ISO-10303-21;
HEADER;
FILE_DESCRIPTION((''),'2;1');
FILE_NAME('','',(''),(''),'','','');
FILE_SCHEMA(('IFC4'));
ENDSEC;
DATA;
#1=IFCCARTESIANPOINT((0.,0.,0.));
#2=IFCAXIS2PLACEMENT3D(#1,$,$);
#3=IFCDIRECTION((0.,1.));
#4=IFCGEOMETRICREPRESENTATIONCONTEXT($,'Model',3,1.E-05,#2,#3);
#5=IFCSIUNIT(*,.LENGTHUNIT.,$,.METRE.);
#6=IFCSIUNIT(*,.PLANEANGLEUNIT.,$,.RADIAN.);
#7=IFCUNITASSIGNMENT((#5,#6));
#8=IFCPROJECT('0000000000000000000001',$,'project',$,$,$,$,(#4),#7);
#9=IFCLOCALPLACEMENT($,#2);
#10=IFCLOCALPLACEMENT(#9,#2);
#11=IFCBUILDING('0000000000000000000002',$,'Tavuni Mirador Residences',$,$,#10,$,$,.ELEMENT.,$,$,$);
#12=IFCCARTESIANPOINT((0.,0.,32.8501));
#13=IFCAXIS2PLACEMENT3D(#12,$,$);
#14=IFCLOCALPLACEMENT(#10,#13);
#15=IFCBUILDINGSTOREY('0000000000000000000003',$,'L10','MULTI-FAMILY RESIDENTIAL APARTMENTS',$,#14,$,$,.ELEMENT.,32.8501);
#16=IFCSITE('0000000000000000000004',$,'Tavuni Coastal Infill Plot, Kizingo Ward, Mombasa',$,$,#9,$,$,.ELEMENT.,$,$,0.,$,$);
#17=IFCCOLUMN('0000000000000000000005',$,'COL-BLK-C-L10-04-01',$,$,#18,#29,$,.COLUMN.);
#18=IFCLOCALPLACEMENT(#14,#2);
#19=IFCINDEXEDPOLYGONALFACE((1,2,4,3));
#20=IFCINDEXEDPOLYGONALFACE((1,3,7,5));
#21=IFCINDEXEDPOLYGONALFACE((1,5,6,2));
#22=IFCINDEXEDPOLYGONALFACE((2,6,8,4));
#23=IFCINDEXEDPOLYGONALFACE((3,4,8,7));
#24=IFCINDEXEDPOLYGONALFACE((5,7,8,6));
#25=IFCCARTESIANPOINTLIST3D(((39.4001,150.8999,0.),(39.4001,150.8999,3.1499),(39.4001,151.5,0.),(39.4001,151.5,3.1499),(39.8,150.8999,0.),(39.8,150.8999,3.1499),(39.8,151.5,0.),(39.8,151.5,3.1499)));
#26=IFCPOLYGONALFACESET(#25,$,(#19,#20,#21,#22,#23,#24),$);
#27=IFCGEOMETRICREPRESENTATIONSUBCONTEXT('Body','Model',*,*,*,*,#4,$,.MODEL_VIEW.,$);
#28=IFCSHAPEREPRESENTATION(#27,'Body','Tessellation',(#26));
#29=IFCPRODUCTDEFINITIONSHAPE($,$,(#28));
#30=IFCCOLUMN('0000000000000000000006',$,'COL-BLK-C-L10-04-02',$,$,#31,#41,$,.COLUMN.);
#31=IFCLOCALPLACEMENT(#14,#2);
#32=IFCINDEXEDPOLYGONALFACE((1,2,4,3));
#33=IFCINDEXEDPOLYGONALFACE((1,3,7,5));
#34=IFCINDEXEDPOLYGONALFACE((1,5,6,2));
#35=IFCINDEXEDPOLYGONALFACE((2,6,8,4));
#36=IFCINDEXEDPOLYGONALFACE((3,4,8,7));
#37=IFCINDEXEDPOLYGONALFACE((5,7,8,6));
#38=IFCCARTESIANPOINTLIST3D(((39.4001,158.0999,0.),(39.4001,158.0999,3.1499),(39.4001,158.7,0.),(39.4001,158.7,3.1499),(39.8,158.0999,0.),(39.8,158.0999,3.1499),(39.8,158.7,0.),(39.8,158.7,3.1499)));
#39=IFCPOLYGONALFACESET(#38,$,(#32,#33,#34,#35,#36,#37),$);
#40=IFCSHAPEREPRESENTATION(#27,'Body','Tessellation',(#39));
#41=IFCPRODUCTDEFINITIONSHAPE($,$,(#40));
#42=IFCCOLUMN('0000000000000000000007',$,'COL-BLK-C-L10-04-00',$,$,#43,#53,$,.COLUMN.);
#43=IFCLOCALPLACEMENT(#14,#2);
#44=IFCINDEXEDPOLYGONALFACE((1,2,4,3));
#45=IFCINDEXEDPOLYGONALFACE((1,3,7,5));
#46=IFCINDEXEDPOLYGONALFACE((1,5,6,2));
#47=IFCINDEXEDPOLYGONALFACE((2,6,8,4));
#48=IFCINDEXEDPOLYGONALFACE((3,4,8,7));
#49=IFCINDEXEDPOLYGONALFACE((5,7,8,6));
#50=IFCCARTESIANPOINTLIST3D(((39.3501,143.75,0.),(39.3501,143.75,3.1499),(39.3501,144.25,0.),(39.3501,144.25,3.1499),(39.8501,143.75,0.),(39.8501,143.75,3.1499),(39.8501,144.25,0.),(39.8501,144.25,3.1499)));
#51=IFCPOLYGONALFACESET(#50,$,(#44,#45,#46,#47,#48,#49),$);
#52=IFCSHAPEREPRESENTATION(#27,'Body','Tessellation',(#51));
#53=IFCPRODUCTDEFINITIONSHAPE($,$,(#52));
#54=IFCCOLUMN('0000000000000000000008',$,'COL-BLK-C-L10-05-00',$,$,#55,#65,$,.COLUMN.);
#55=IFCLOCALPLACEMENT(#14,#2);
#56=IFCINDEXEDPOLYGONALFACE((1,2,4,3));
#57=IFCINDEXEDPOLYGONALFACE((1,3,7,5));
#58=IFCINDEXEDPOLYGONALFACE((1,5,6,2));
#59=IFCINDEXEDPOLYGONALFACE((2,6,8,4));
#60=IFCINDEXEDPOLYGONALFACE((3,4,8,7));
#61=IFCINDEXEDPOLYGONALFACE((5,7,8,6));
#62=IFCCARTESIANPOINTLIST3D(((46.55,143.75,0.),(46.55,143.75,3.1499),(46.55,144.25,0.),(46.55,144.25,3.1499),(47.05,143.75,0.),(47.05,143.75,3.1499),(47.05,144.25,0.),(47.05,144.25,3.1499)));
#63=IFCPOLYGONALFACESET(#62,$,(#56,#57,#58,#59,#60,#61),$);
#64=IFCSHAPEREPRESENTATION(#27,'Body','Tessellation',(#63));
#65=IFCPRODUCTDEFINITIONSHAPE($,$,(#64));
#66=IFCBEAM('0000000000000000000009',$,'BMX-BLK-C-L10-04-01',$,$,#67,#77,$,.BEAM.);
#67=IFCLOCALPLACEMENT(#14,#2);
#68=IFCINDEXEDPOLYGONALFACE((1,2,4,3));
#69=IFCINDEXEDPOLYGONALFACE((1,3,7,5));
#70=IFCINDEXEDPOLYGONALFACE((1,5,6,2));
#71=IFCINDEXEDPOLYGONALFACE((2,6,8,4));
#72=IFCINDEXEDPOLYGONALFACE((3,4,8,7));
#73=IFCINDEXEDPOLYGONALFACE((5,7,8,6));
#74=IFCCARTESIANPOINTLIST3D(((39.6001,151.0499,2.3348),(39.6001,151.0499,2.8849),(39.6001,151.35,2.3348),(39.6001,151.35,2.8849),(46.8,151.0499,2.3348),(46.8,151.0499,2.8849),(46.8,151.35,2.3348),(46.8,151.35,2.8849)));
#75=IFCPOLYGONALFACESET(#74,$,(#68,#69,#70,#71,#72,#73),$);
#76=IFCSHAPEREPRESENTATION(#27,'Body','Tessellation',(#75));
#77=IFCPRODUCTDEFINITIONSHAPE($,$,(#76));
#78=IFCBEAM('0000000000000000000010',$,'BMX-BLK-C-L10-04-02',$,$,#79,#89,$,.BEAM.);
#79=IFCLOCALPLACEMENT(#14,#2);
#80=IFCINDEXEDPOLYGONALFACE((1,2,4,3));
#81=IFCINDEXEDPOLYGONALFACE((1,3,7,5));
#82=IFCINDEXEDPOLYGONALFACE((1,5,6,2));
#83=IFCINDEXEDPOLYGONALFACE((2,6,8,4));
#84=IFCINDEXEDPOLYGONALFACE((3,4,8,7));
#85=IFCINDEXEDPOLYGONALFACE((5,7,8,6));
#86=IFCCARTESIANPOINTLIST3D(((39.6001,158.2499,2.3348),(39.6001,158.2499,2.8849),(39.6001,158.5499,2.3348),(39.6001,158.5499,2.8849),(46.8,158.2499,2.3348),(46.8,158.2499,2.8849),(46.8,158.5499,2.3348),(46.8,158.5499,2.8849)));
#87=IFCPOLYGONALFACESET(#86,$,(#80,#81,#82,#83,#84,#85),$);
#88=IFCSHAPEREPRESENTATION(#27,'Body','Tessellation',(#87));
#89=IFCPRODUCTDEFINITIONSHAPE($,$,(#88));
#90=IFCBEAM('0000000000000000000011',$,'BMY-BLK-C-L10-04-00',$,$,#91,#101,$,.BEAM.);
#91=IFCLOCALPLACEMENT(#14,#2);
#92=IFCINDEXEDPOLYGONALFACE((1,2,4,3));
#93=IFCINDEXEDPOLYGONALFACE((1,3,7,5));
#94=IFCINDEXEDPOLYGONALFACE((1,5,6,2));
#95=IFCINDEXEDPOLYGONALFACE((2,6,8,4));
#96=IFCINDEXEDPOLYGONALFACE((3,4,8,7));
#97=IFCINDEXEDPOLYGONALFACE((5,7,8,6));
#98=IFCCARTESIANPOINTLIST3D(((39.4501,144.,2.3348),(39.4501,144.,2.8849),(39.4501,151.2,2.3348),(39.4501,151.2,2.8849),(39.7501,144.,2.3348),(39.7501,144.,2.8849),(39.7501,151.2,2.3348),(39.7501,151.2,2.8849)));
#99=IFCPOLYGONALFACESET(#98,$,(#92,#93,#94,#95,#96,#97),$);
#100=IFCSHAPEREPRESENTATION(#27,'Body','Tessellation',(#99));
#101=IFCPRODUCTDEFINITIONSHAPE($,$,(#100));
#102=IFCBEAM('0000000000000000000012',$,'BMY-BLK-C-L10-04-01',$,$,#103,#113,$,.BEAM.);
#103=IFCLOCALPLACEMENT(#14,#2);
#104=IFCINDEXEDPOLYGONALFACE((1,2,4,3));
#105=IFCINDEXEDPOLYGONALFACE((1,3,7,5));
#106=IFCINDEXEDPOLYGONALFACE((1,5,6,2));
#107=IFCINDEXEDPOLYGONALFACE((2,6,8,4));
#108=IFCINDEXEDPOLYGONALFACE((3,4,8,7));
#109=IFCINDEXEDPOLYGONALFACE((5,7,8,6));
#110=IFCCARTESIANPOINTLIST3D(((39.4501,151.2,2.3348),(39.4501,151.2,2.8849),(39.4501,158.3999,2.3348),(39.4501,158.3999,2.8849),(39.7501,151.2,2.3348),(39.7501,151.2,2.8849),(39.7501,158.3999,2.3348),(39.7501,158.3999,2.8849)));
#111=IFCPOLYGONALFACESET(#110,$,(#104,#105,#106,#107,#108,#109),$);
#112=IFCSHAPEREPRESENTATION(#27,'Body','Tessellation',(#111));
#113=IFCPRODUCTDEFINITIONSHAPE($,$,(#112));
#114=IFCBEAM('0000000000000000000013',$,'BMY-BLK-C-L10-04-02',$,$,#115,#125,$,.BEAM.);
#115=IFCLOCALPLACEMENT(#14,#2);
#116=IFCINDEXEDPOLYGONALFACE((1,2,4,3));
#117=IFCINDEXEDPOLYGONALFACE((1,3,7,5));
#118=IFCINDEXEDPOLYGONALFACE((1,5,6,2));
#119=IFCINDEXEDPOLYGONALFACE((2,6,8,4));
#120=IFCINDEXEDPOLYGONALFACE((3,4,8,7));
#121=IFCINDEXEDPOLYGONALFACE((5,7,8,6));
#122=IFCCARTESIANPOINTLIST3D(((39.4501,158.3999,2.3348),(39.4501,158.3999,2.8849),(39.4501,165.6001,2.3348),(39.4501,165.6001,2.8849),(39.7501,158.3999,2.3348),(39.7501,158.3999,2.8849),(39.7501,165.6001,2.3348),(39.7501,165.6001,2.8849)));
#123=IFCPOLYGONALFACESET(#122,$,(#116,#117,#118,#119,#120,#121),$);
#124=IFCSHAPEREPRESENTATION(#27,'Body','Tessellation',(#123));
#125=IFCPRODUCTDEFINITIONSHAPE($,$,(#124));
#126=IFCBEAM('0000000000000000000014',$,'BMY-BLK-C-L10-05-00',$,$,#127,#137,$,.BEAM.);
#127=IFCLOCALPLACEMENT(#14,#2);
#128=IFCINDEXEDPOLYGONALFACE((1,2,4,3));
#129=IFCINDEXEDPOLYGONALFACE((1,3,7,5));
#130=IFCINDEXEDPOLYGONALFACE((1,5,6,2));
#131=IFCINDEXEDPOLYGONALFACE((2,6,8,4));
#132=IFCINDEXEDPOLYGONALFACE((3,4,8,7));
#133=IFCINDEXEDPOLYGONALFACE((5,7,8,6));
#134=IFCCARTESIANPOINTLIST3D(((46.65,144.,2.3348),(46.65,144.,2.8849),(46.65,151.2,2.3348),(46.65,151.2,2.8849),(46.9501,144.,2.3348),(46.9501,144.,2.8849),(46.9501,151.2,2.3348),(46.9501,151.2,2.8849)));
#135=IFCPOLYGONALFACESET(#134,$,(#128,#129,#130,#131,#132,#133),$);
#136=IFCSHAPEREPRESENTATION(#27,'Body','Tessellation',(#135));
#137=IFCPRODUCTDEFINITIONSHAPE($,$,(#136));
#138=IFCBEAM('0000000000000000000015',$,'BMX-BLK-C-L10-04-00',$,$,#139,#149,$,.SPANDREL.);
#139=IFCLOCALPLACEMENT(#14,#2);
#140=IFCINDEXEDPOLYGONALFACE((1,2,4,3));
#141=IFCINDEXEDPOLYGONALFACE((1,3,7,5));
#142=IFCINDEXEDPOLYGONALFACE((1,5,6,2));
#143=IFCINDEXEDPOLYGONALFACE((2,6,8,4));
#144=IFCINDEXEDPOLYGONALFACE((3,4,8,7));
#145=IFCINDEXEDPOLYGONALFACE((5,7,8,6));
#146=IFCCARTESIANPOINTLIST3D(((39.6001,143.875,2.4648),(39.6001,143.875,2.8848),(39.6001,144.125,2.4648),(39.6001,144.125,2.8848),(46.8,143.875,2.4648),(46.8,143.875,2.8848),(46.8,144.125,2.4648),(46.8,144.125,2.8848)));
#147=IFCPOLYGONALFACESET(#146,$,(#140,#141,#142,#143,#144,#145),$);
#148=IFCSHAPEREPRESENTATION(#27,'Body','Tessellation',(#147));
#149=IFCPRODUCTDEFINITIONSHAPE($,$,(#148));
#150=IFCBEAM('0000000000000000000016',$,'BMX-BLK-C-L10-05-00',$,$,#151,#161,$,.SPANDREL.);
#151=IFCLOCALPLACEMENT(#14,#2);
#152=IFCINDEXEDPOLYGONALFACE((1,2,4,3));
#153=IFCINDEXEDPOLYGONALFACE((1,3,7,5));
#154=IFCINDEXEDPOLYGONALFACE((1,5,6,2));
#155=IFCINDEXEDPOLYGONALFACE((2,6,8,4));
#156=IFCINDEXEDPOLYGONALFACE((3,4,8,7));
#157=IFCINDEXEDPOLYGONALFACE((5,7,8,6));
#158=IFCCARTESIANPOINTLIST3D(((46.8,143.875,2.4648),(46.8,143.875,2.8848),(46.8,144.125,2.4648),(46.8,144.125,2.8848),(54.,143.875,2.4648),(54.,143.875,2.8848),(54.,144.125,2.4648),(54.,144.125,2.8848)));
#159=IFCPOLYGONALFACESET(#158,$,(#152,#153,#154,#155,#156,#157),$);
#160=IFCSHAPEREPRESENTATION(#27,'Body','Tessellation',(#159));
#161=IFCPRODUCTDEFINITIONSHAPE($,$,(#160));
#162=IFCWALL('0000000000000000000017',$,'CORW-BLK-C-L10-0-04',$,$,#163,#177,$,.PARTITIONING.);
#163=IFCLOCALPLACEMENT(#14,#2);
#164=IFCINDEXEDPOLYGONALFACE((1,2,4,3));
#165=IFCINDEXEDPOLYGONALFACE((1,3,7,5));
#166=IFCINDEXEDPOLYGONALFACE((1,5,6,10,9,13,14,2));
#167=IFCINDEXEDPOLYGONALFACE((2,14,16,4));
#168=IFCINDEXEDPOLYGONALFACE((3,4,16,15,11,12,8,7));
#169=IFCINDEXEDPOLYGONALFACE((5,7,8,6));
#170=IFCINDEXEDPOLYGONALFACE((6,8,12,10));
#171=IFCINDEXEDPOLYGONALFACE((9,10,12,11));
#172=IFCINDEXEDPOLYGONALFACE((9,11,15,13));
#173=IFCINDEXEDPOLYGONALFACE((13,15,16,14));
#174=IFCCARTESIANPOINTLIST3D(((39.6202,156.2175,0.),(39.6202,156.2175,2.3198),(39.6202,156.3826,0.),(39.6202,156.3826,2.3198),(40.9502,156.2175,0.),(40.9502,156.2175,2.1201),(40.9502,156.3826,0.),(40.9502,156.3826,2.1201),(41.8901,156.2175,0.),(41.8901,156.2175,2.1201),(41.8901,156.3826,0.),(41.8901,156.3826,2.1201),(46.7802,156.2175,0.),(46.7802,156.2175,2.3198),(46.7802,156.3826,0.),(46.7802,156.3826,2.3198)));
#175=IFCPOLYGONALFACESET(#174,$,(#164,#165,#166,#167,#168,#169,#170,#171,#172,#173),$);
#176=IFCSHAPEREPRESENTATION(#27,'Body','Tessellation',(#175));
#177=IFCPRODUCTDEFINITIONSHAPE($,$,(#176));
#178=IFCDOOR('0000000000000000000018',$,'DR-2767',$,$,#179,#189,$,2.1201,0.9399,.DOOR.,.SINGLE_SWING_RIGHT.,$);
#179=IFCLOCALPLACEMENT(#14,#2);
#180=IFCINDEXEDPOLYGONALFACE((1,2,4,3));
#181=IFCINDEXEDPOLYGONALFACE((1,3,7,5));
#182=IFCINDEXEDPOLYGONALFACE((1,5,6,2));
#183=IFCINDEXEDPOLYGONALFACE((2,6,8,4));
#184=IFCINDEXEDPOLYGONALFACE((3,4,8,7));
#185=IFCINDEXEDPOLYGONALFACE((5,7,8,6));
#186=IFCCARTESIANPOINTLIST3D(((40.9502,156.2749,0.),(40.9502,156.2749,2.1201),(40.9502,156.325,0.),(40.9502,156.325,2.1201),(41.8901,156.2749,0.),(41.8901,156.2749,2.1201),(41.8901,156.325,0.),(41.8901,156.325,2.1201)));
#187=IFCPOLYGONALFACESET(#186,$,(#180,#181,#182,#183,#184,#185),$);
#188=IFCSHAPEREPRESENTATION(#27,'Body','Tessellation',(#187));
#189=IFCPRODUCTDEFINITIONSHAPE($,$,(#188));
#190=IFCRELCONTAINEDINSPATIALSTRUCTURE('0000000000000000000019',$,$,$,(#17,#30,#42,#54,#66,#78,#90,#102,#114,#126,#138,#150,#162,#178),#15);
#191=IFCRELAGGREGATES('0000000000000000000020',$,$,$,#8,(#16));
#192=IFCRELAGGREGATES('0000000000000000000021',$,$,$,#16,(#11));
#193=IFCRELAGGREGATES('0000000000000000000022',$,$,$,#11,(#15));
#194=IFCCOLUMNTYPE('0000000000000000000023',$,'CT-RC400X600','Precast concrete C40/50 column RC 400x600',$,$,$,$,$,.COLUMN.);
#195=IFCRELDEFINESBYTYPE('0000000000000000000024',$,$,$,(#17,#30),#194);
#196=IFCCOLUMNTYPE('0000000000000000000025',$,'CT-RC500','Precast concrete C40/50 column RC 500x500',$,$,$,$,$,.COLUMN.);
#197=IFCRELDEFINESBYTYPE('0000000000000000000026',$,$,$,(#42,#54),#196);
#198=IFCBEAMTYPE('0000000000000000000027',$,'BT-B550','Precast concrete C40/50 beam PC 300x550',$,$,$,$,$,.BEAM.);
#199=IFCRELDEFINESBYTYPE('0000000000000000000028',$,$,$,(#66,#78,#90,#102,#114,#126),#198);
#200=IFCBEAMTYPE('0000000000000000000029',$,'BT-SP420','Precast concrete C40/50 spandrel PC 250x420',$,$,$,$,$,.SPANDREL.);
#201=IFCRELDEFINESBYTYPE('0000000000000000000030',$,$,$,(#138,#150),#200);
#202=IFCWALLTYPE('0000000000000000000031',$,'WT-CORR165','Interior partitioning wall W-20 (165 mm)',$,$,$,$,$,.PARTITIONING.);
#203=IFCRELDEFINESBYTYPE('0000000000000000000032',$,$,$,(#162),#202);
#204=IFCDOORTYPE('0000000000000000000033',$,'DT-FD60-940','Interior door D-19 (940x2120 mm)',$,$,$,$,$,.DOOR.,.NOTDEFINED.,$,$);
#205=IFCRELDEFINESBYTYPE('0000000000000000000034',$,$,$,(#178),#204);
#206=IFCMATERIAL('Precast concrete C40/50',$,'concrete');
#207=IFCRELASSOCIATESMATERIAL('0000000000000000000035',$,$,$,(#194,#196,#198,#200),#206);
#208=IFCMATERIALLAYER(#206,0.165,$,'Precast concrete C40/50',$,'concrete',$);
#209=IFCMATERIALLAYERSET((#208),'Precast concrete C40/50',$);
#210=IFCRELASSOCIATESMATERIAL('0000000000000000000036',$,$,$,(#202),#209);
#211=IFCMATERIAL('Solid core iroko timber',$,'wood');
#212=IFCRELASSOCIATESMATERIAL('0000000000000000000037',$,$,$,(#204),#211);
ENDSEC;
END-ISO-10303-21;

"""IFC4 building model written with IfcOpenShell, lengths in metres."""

from ifc_helpers import new_model, si_unit, direction, frame, frame_2d, origin, origin_2d, place, context, subcontext, project, spatial, rectangle, extrude, material, layer, layer_set, material_profile, profile_set, type_object, element, fill, save


model = new_model("IFC4")

# Units and contexts
model_context = context("Model", 3, precision=1e-05, world=origin(), true_north=direction((0.0, 1.0)))
body_context = subcontext(model_context, "Body", "Model", "MODEL_VIEW")
ifc_project = project(units=[si_unit("LENGTHUNIT", "METRE"), si_unit("PLANEANGLEUNIT", "RADIAN")], contexts=[model_context])

# Site, building, storey
site_placement = place(None, origin())
site = spatial("IfcSite", under=ifc_project, at=site_placement, Name="Tavuni Coastal Infill Plot, Kizingo Ward, Mombasa", CompositionType="ELEMENT", RefElevation=0.0)
building_placement = place(site_placement, origin())
building = spatial("IfcBuilding", under=site, at=building_placement, Name="Tavuni Mirador Residences", CompositionType="ELEMENT")
storey_placement = place(building_placement, frame((0.0, 0.0, 32.8501)))
storey = spatial("IfcBuildingStorey", under=building, at=storey_placement, Name="L10", Description="MULTI-FAMILY RESIDENTIAL APARTMENTS", CompositionType="ELEMENT", Elevation=32.8501)

# Columns
ifc_material_1 = material(Name="Precast concrete C40/50", Category="concrete")
ifc_material_profile_1 = material_profile(ifc_material_1, rectangle(XDim=0.3999, YDim=0.6001, at=origin_2d()), Name="RC 400x600", Category="concrete")
ifc_profile_set_1 = profile_set([ifc_material_profile_1], Name="Precast concrete C40/50")
column_type_1 = type_object("IfcColumnType", Name="CT-RC400X600", Description="Precast concrete C40/50 column RC 400x600", PredefinedType="COLUMN", material=ifc_profile_set_1)
for number, where, z_axis, x_axis, name in (
    (1, (39.6001, 151.2, 0.0), (0.0, 0.0, 1.0), (1.0, 0.0, 0.0), "COL-BLK-C-L10-04-01"),
    (2, (39.6001, 158.3999, 0.0), (0.0, 0.0, 1.0), (1.0, 0.0, 0.0), "COL-BLK-C-L10-04-02"),
):
    element("IfcColumn", number, at=place(storey_placement, frame(where, z_axis=z_axis, x_axis=x_axis)), inside=storey, type_object=column_type_1, Name=name, PredefinedType="COLUMN", context=body_context, shape_type="SweptSolid", body=[
        extrude(rectangle(XDim=0.3999, YDim=0.6001, at=origin_2d()), origin(), (0.0, 0.0, 1.0), 3.1499),
    ])
ifc_material_profile_2 = material_profile(ifc_material_1, rectangle(XDim=0.5, YDim=0.5, at=origin_2d()), Name="RC 500x500", Category="concrete")
ifc_profile_set_2 = profile_set([ifc_material_profile_2], Name="Precast concrete C40/50")
column_type_2 = type_object("IfcColumnType", Name="CT-RC500", Description="Precast concrete C40/50 column RC 500x500", PredefinedType="COLUMN", material=ifc_profile_set_2)
for number, where, z_axis, x_axis, name in (
    (3, (39.6001, 144.0, 0.0), (0.0, 0.0, 1.0), (1.0, 0.0, 0.0), "COL-BLK-C-L10-04-00"),
    (4, (46.8, 144.0, 0.0), (0.0, 0.0, 1.0), (1.0, 0.0, 0.0), "COL-BLK-C-L10-05-00"),
):
    element("IfcColumn", number, at=place(storey_placement, frame(where, z_axis=z_axis, x_axis=x_axis)), inside=storey, type_object=column_type_2, Name=name, PredefinedType="COLUMN", context=body_context, shape_type="SweptSolid", body=[
        extrude(rectangle(XDim=0.5, YDim=0.5, at=origin_2d()), origin(), (0.0, 0.0, 1.0), 3.1499),
    ])

# Beams
ifc_material_profile_3 = material_profile(ifc_material_1, rectangle(XDim=0.3, YDim=0.55, at=origin_2d()), Name="PC 300x550", Category="concrete")
ifc_profile_set_3 = profile_set([ifc_material_profile_3], Name="Precast concrete C40/50")
beam_type_1 = type_object("IfcBeamType", Name="BT-B550", Description="Precast concrete C40/50 beam PC 300x550", PredefinedType="BEAM", material=ifc_profile_set_3)
for number, where, z_axis, x_axis, name in (
    (5, (39.6001, 151.2, 2.6099), (1.0, 0.0, 0.0), (0.0, 1.0, 0.0), "BMX-BLK-C-L10-04-01"),
    (6, (39.6001, 158.3999, 2.6099), (1.0, 0.0, 0.0), (0.0, 1.0, 0.0), "BMX-BLK-C-L10-04-02"),
    (7, (39.6001, 144.0, 2.6099), (0.0, 1.0, 0.0), (-1.0, 0.0, 0.0), "BMY-BLK-C-L10-04-00"),
    (8, (39.6001, 151.2, 2.6099), (0.0, 1.0, 0.0), (-1.0, 0.0, 0.0), "BMY-BLK-C-L10-04-01"),
):
    element("IfcBeam", number, at=place(storey_placement, frame(where, z_axis=z_axis, x_axis=x_axis)), inside=storey, type_object=beam_type_1, Name=name, PredefinedType="BEAM", context=body_context, shape_type="SweptSolid", body=[
        extrude(rectangle(XDim=0.3, YDim=0.55, at=origin_2d()), origin(), (0.0, 0.0, 1.0), 7.2),
    ])
beam_1_placement = place(storey_placement, frame((39.6001, 158.3999, 2.6099), z_axis=(0.0, 1.0, 0.0), x_axis=(-1.0, 0.0, 0.0)))
element("IfcBeam", 9, at=beam_1_placement, inside=storey, type_object=beam_type_1, Name="BMY-BLK-C-L10-04-02", PredefinedType="BEAM", context=body_context, shape_type="SweptSolid", body=[
    extrude(rectangle(XDim=0.3, YDim=0.55, at=origin_2d()), origin(), (0.0, 0.0, 1.0), 7.2002),
])
beam_2_placement = place(storey_placement, frame((46.8, 144.0, 2.6099), z_axis=(0.0, 1.0, 0.0), x_axis=(-1.0, 0.0, 0.0)))
element("IfcBeam", 10, at=beam_2_placement, inside=storey, type_object=beam_type_1, Name="BMY-BLK-C-L10-05-00", PredefinedType="BEAM", context=body_context, shape_type="SweptSolid", body=[
    extrude(rectangle(XDim=0.3, YDim=0.55, at=origin_2d()), origin(), (0.0, 0.0, 1.0), 7.2),
])
ifc_material_profile_4 = material_profile(ifc_material_1, rectangle(XDim=0.25, YDim=0.4199, at=origin_2d()), Name="PC 250x420", Category="concrete")
ifc_profile_set_4 = profile_set([ifc_material_profile_4], Name="Precast concrete C40/50")
beam_type_2 = type_object("IfcBeamType", Name="BT-SP420", Description="Precast concrete C40/50 spandrel PC 250x420", PredefinedType="SPANDREL", material=ifc_profile_set_4)
for number, where, z_axis, x_axis, name in (
    (11, (39.6001, 144.0, 2.6748), (1.0, 0.0, 0.0), (0.0, 1.0, 0.0), "BMX-BLK-C-L10-04-00"),
    (12, (46.8, 144.0, 2.6748), (1.0, 0.0, 0.0), (0.0, 1.0, 0.0), "BMX-BLK-C-L10-05-00"),
):
    element("IfcBeam", number, at=place(storey_placement, frame(where, z_axis=z_axis, x_axis=x_axis)), inside=storey, type_object=beam_type_2, Name=name, PredefinedType="SPANDREL", context=body_context, shape_type="SweptSolid", body=[
        extrude(rectangle(XDim=0.25, YDim=0.4199, at=origin_2d()), origin(), (0.0, 0.0, 1.0), 7.2),
    ])

# Wall, opening, door
ifc_material_2 = material(Name="Solid core iroko timber", Category="wood")
ifc_layer_1 = layer(ifc_material_1, 0.165, Name="Precast concrete C40/50", Category="concrete")
ifc_layer_set_1 = layer_set([ifc_layer_1], Name="Precast concrete C40/50")
wall_type_1 = type_object("IfcWallType", Name="WT-CORR165", Description="Interior partitioning wall W-20 (165 mm)", PredefinedType="PARTITIONING", material=ifc_layer_set_1)
wall_1_placement = place(storey_placement, frame((39.6201, 156.3, 0.0), z_axis=(0.0, 0.0, 1.0), x_axis=(1.0, 0.0, 0.0)))
wall_1 = element("IfcWall", 13, at=wall_1_placement, inside=storey, type_object=wall_type_1, Name="CORW-BLK-C-L10-0-04", PredefinedType="PARTITIONING", context=body_context, shape_type="SweptSolid", body=[
    extrude(rectangle(XDim=7.1599, YDim=0.165, at=frame_2d((3.5801, 0.0))), origin(), (0.0, 0.0, 1.0), 2.3198),
])
opening_1_placement = place(wall_1_placement, frame((1.3301, 0.0, 0.0)))
opening_1 = element("IfcOpeningElement", 14, at=opening_1_placement, cuts=wall_1, PredefinedType="OPENING", context=body_context, shape_type="SweptSolid", body=[
    extrude(rectangle(XDim=0.9399, YDim=2.1201, at=frame_2d((0.47, 1.0601))), frame((0.0, 0.0925, 0.0), z_axis=(0.0, -1.0, 0.0), x_axis=(1.0, 0.0, 0.0)), (0.0, 0.0, 1.0), 0.1851),
])
door_type_1 = type_object("IfcDoorType", Name="DT-FD60-940", Description="Interior door D-19 (940x2120 mm)", OperationType="NOTDEFINED", PredefinedType="DOOR", material=ifc_material_2)
door_1_placement = place(opening_1_placement, origin())
door_1 = element("IfcDoor", 15, at=door_1_placement, inside=storey, type_object=door_type_1, Name="DR-2767", OperationType="SINGLE_SWING_RIGHT", OverallHeight=2.1201, OverallWidth=0.9399, PredefinedType="DOOR", context=body_context, shape_type="SweptSolid", body=[
    extrude(rectangle(XDim=0.9399, YDim=2.1201, at=frame_2d((0.47, 1.0601))), frame((0.0, 0.0249, 0.0), z_axis=(0.0, -1.0, 0.0), x_axis=(1.0, 0.0, 0.0)), (0.0, 0.0, 1.0), 0.05),
])
fill(opening_1, door_1)

save(model, "model.ifc")
